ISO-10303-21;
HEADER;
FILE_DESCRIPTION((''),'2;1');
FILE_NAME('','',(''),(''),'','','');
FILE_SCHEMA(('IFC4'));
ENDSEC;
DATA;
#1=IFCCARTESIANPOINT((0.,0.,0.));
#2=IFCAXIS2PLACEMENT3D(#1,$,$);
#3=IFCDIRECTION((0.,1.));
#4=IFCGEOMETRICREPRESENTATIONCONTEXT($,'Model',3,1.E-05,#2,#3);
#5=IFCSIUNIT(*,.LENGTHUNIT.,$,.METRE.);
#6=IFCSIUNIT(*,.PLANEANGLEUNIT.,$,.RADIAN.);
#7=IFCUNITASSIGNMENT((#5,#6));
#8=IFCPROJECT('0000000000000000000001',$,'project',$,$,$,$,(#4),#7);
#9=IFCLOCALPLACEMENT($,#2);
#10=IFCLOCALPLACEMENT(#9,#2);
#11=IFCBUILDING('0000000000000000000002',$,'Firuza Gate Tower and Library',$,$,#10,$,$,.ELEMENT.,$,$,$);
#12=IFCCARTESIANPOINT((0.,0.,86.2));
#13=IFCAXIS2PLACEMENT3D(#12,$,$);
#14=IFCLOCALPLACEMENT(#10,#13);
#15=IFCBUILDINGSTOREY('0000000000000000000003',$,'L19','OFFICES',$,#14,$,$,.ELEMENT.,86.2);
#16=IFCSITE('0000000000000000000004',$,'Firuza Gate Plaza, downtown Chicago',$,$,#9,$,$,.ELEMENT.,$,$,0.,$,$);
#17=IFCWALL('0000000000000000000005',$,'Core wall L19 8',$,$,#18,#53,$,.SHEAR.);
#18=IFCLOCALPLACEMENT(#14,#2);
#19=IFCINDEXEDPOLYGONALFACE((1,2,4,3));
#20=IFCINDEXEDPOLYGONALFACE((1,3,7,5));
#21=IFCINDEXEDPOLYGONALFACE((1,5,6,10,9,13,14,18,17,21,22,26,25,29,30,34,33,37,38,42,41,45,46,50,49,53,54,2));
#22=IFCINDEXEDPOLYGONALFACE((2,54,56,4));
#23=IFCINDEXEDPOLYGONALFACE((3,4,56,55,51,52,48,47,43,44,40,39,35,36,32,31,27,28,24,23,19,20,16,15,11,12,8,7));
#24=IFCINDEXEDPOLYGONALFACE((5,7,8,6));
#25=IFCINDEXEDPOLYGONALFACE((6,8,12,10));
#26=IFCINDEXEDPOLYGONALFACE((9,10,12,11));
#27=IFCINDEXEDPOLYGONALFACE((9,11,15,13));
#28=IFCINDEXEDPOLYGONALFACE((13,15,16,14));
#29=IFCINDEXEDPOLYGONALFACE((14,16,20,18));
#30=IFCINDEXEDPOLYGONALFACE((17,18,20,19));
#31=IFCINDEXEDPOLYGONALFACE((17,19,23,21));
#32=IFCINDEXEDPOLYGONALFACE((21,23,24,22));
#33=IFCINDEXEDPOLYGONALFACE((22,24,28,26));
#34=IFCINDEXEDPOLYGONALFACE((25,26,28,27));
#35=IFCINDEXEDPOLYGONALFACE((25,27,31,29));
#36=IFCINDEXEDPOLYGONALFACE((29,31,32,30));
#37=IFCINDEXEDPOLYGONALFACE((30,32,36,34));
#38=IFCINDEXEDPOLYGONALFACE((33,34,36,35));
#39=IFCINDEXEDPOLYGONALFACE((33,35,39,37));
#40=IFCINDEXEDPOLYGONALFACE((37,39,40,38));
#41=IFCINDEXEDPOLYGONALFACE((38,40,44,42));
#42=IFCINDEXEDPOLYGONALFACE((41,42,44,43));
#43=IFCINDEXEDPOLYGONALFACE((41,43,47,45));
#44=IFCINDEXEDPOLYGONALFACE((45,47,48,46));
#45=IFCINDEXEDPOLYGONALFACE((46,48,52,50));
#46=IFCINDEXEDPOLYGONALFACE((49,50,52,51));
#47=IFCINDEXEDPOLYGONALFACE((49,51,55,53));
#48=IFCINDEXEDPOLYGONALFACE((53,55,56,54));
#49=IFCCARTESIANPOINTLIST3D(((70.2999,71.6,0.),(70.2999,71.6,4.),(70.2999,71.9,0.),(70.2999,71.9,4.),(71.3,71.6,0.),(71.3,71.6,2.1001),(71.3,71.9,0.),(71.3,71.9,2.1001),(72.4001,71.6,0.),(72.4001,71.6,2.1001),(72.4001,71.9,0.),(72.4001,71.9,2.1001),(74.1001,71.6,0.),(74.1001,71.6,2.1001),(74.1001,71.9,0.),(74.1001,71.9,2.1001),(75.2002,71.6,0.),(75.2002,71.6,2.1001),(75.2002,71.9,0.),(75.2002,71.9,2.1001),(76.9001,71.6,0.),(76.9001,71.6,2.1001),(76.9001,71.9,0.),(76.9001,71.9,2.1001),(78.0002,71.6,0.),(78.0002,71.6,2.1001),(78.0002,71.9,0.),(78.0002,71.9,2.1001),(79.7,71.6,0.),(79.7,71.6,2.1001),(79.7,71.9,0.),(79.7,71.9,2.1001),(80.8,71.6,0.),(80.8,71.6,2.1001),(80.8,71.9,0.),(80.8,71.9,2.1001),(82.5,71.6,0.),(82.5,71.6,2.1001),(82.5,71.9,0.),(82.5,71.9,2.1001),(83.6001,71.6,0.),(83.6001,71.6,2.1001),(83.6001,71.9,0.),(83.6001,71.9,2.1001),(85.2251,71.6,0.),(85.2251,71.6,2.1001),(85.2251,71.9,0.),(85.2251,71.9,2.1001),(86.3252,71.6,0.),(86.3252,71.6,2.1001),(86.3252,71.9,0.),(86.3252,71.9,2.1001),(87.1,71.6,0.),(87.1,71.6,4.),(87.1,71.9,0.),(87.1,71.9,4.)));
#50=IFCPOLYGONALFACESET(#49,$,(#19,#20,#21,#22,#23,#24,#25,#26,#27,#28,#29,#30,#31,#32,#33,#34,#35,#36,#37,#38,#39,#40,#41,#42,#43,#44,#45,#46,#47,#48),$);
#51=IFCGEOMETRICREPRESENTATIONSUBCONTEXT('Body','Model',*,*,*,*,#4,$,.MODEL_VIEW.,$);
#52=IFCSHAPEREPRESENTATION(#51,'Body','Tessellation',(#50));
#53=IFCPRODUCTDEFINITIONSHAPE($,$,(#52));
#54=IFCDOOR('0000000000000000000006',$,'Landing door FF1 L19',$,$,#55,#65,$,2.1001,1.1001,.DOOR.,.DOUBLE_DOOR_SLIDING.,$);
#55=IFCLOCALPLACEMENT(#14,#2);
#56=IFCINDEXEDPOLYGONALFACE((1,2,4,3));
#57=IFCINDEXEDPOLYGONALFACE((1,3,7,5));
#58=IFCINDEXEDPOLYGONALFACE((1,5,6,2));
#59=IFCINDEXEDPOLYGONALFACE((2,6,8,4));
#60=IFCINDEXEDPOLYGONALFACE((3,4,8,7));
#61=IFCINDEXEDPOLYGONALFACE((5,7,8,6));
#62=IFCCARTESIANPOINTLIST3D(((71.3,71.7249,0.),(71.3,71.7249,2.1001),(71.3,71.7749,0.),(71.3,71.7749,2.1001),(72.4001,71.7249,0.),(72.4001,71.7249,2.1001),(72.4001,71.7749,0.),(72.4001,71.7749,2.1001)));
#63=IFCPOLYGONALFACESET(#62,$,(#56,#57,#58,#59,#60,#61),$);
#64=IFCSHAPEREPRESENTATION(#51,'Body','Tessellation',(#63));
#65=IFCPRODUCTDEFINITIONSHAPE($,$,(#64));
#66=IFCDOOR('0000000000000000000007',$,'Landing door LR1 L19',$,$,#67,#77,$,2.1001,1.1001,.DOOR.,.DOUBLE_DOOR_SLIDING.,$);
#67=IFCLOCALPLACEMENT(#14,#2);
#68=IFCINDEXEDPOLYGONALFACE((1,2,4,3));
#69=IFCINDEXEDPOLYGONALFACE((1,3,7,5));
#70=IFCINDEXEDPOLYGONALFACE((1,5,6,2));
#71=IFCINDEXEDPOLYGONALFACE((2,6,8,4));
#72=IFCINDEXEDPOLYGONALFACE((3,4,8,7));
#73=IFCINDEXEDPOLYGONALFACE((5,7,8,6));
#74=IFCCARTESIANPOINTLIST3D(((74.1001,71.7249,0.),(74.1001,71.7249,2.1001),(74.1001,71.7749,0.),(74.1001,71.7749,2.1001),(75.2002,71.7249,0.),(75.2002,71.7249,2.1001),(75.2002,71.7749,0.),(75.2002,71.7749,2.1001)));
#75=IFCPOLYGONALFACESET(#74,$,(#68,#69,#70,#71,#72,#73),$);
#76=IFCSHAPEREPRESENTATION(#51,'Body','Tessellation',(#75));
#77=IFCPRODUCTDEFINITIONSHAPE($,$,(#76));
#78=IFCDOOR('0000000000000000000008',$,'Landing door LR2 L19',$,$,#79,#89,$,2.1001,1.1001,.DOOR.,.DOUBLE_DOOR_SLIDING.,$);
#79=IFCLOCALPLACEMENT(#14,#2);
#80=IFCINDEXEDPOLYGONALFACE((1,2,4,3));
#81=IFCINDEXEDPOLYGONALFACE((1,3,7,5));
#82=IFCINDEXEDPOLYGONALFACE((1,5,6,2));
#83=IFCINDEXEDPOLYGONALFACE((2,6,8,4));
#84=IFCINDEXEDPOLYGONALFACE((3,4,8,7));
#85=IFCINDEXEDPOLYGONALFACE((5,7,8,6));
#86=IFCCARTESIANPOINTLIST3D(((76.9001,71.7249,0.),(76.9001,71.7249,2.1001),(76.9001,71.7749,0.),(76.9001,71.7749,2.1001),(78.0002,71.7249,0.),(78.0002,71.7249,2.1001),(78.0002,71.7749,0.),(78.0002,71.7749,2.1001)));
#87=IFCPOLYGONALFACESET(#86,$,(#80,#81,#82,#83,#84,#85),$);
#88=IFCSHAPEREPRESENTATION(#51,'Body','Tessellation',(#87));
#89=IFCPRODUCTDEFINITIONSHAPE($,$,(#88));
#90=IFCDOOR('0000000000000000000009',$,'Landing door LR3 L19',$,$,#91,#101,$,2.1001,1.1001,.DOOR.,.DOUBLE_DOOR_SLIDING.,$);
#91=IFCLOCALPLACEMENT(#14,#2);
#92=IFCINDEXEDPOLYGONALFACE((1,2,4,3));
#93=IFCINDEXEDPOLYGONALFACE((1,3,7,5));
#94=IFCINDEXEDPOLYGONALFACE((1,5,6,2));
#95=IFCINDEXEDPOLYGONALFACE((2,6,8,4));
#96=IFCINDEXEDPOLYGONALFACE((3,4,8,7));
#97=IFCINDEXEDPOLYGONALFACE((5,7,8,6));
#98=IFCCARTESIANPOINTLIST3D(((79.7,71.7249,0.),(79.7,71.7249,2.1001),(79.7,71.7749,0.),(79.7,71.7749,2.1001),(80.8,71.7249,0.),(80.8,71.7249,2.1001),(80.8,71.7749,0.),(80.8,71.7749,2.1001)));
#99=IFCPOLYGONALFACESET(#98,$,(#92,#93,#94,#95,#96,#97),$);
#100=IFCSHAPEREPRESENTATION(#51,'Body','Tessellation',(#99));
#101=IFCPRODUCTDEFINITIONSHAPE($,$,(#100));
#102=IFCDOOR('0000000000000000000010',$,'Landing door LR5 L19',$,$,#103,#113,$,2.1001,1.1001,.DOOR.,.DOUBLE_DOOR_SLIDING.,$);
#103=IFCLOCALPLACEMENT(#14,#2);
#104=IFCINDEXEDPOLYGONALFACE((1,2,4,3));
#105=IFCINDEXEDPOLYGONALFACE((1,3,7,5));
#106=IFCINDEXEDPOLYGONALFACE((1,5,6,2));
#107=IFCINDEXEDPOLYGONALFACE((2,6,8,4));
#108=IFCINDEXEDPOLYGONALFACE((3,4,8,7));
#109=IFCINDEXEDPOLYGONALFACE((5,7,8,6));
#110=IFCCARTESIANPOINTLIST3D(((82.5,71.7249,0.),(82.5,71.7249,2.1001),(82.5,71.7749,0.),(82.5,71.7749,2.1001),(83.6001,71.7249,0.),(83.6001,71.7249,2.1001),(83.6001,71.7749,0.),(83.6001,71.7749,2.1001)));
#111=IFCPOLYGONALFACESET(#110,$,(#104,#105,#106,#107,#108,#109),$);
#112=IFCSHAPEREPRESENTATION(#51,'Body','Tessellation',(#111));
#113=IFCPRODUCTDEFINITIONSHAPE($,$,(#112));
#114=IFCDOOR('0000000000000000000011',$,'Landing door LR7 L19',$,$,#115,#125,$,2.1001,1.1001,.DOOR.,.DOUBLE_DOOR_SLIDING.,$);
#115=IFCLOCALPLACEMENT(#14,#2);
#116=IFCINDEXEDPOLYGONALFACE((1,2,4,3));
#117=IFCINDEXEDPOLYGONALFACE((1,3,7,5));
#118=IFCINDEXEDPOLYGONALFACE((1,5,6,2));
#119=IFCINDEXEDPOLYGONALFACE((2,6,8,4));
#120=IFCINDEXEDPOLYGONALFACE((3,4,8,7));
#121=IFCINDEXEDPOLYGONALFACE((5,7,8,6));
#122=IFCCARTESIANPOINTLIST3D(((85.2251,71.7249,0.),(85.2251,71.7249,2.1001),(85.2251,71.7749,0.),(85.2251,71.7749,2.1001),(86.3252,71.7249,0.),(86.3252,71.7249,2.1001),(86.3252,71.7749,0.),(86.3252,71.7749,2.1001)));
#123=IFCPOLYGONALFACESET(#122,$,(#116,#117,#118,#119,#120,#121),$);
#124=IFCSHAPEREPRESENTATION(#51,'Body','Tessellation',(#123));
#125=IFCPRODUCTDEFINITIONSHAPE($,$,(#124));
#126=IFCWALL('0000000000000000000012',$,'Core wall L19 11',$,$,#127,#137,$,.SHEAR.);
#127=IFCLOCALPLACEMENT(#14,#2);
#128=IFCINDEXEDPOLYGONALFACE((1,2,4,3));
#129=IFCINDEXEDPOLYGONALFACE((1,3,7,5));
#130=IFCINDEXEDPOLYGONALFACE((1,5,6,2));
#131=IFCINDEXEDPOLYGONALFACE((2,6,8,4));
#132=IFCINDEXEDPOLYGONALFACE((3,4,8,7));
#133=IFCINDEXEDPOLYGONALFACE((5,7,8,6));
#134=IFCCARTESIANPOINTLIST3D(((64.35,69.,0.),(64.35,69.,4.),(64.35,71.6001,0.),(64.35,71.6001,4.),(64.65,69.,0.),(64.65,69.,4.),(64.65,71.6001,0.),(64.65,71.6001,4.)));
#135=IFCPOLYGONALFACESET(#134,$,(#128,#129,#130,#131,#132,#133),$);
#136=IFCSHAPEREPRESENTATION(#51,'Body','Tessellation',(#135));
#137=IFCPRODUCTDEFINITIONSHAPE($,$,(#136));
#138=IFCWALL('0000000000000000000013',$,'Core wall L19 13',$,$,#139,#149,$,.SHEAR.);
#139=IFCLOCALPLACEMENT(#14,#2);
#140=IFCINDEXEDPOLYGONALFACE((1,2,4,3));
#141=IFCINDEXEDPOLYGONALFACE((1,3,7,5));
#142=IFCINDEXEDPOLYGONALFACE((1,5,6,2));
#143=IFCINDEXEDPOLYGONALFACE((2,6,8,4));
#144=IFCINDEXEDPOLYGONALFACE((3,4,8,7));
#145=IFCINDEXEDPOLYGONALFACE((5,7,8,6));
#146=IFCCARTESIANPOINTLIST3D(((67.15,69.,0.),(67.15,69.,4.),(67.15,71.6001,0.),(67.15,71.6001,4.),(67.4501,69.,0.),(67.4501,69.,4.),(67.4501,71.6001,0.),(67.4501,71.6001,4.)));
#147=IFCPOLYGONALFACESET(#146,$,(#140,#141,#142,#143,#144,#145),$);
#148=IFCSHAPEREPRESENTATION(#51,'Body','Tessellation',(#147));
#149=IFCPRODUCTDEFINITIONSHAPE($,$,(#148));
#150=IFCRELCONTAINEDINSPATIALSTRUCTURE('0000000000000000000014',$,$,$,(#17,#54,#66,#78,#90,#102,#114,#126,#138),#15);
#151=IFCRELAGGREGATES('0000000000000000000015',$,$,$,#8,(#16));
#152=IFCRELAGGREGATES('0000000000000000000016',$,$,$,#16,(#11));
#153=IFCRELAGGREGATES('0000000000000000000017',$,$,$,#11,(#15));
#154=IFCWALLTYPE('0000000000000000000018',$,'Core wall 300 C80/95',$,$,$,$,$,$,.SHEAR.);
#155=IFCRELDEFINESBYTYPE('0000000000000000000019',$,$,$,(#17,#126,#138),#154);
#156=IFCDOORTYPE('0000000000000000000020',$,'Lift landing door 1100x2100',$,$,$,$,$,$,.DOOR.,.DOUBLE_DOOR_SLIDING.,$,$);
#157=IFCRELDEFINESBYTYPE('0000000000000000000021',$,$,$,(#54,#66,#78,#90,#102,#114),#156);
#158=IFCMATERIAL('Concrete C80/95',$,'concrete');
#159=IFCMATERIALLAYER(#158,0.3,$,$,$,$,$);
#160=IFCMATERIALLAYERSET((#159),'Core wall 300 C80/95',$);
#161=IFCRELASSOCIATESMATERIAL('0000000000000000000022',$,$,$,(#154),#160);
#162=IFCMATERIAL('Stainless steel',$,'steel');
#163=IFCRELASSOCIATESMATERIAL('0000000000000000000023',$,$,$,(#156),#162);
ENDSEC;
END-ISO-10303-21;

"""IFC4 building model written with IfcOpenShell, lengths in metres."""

from ifc_helpers import new_model, si_unit, direction, frame, frame_2d, origin, place, context, subcontext, project, spatial, rectangle, extrude, material, layer, layer_set, type_object, element, fill, save


model = new_model("IFC4")

# Units and contexts
model_context = context("Model", 3, precision=1e-05, world=origin(), true_north=direction((0.0, 1.0)))
body_context = subcontext(model_context, "Body", "Model", "MODEL_VIEW")
ifc_project = project(units=[si_unit("LENGTHUNIT", "METRE"), si_unit("PLANEANGLEUNIT", "RADIAN")], contexts=[model_context])

# Site, building, storey
site_placement = place(None, origin())
site = spatial("IfcSite", under=ifc_project, at=site_placement, Name="Firuza Gate Plaza, downtown Chicago", CompositionType="ELEMENT", RefElevation=0.0)
building_placement = place(site_placement, origin())
building = spatial("IfcBuilding", under=site, at=building_placement, Name="Firuza Gate Tower and Library", CompositionType="ELEMENT")
storey_placement = place(building_placement, frame((0.0, 0.0, 86.2)))
storey = spatial("IfcBuildingStorey", under=building, at=storey_placement, Name="L19", Description="OFFICES", CompositionType="ELEMENT", Elevation=86.2)

# Shared definitions
ifc_material_1 = material(Name="Concrete C80/95", Category="concrete")
ifc_layer_1 = layer(ifc_material_1, 0.3)
ifc_layer_set_1 = layer_set([ifc_layer_1], Name="Core wall 300 C80/95")
wall_type_1 = type_object("IfcWallType", Name="Core wall 300 C80/95", PredefinedType="SHEAR", material=ifc_layer_set_1)

# Wall, openings, doors
wall_1_placement = place(storey_placement, frame((70.3, 71.75, 0.0), z_axis=(0.0, 0.0, 1.0), x_axis=(1.0, 0.0, 0.0)))
wall_1 = element("IfcWall", 1, at=wall_1_placement, inside=storey, type_object=wall_type_1, Name="Core wall L19 8", PredefinedType="SHEAR", context=body_context, shape_type="SweptSolid", body=[
    extrude(rectangle(XDim=16.8, YDim=0.3, at=frame_2d((8.3999, 0.0))), origin(), (0.0, 0.0, 1.0), 4.0),
])
opening_1_placement = place(wall_1_placement, frame((1.0, 0.0, 0.0)))
opening_1 = element("IfcOpeningElement", 2, at=opening_1_placement, cuts=wall_1, PredefinedType="OPENING", context=body_context, shape_type="SweptSolid", body=[
    extrude(rectangle(XDim=1.1001, YDim=2.1001, at=frame_2d((0.55, 1.05))), frame((0.0, 0.1602, 0.0), z_axis=(0.0, -1.0, 0.0), x_axis=(1.0, 0.0, 0.0)), (0.0, 0.0, 1.0), 0.3201),
])
opening_2_placement = place(wall_1_placement, frame((3.8, 0.0, 0.0)))
opening_2 = element("IfcOpeningElement", 3, at=opening_2_placement, cuts=wall_1, PredefinedType="OPENING", context=body_context, shape_type="SweptSolid", body=[
    extrude(rectangle(XDim=1.1001, YDim=2.1001, at=frame_2d((0.55, 1.05))), frame((0.0, 0.1602, 0.0), z_axis=(0.0, -1.0, 0.0), x_axis=(1.0, 0.0, 0.0)), (0.0, 0.0, 1.0), 0.3201),
])
opening_3_placement = place(wall_1_placement, frame((6.6001, 0.0, 0.0)))
opening_3 = element("IfcOpeningElement", 4, at=opening_3_placement, cuts=wall_1, PredefinedType="OPENING", context=body_context, shape_type="SweptSolid", body=[
    extrude(rectangle(XDim=1.1001, YDim=2.1001, at=frame_2d((0.55, 1.05))), frame((0.0, 0.1602, 0.0), z_axis=(0.0, -1.0, 0.0), x_axis=(1.0, 0.0, 0.0)), (0.0, 0.0, 1.0), 0.3201),
])
opening_4_placement = place(wall_1_placement, frame((9.3999, 0.0, 0.0)))
opening_4 = element("IfcOpeningElement", 5, at=opening_4_placement, cuts=wall_1, PredefinedType="OPENING", context=body_context, shape_type="SweptSolid", body=[
    extrude(rectangle(XDim=1.1001, YDim=2.1001, at=frame_2d((0.55, 1.05))), frame((0.0, 0.1602, 0.0), z_axis=(0.0, -1.0, 0.0), x_axis=(1.0, 0.0, 0.0)), (0.0, 0.0, 1.0), 0.3201),
])
opening_5_placement = place(wall_1_placement, frame((12.2, 0.0, 0.0)))
opening_5 = element("IfcOpeningElement", 6, at=opening_5_placement, cuts=wall_1, PredefinedType="OPENING", context=body_context, shape_type="SweptSolid", body=[
    extrude(rectangle(XDim=1.1001, YDim=2.1001, at=frame_2d((0.55, 1.05))), frame((0.0, 0.1602, 0.0), z_axis=(0.0, -1.0, 0.0), x_axis=(1.0, 0.0, 0.0)), (0.0, 0.0, 1.0), 0.3201),
])
opening_6_placement = place(wall_1_placement, frame((14.925, 0.0, 0.0)))
opening_6 = element("IfcOpeningElement", 7, at=opening_6_placement, cuts=wall_1, PredefinedType="OPENING", context=body_context, shape_type="SweptSolid", body=[
    extrude(rectangle(XDim=1.1001, YDim=2.1001, at=frame_2d((0.55, 1.05))), frame((0.0, 0.1602, 0.0), z_axis=(0.0, -1.0, 0.0), x_axis=(1.0, 0.0, 0.0)), (0.0, 0.0, 1.0), 0.3201),
])
ifc_material_2 = material(Name="Stainless steel", Category="steel")
door_type_1 = type_object("IfcDoorType", Name="Lift landing door 1100x2100", OperationType="DOUBLE_DOOR_SLIDING", PredefinedType="DOOR", material=ifc_material_2)
door_1_placement = place(opening_1_placement, origin())
door_1 = element("IfcDoor", 8, at=door_1_placement, inside=storey, type_object=door_type_1, Name="Landing door FF1 L19", OperationType="DOUBLE_DOOR_SLIDING", OverallHeight=2.1001, OverallWidth=1.1001, PredefinedType="DOOR", context=body_context, shape_type="SweptSolid", body=[
    extrude(rectangle(XDim=1.1001, YDim=2.1001, at=frame_2d((0.55, 1.05))), frame((0.0, 0.0249, 0.0), z_axis=(0.0, -1.0, 0.0), x_axis=(1.0, 0.0, 0.0)), (0.0, 0.0, 1.0), 0.05),
])
fill(opening_1, door_1)
door_2_placement = place(opening_2_placement, origin())
door_2 = element("IfcDoor", 9, at=door_2_placement, inside=storey, type_object=door_type_1, Name="Landing door LR1 L19", OperationType="DOUBLE_DOOR_SLIDING", OverallHeight=2.1001, OverallWidth=1.1001, PredefinedType="DOOR", context=body_context, shape_type="SweptSolid", body=[
    extrude(rectangle(XDim=1.1001, YDim=2.1001, at=frame_2d((0.55, 1.05))), frame((0.0, 0.0249, 0.0), z_axis=(0.0, -1.0, 0.0), x_axis=(1.0, 0.0, 0.0)), (0.0, 0.0, 1.0), 0.05),
])
fill(opening_2, door_2)
door_3_placement = place(opening_3_placement, origin())
door_3 = element("IfcDoor", 10, at=door_3_placement, inside=storey, type_object=door_type_1, Name="Landing door LR2 L19", OperationType="DOUBLE_DOOR_SLIDING", OverallHeight=2.1001, OverallWidth=1.1001, PredefinedType="DOOR", context=body_context, shape_type="SweptSolid", body=[
    extrude(rectangle(XDim=1.1001, YDim=2.1001, at=frame_2d((0.55, 1.05))), frame((0.0, 0.0249, 0.0), z_axis=(0.0, -1.0, 0.0), x_axis=(1.0, 0.0, 0.0)), (0.0, 0.0, 1.0), 0.05),
])
fill(opening_3, door_3)
door_4_placement = place(opening_4_placement, origin())
door_4 = element("IfcDoor", 11, at=door_4_placement, inside=storey, type_object=door_type_1, Name="Landing door LR3 L19", OperationType="DOUBLE_DOOR_SLIDING", OverallHeight=2.1001, OverallWidth=1.1001, PredefinedType="DOOR", context=body_context, shape_type="SweptSolid", body=[
    extrude(rectangle(XDim=1.1001, YDim=2.1001, at=frame_2d((0.55, 1.05))), frame((0.0, 0.0249, 0.0), z_axis=(0.0, -1.0, 0.0), x_axis=(1.0, 0.0, 0.0)), (0.0, 0.0, 1.0), 0.05),
])
fill(opening_4, door_4)
door_5_placement = place(opening_5_placement, origin())
door_5 = element("IfcDoor", 12, at=door_5_placement, inside=storey, type_object=door_type_1, Name="Landing door LR5 L19", OperationType="DOUBLE_DOOR_SLIDING", OverallHeight=2.1001, OverallWidth=1.1001, PredefinedType="DOOR", context=body_context, shape_type="SweptSolid", body=[
    extrude(rectangle(XDim=1.1001, YDim=2.1001, at=frame_2d((0.55, 1.05))), frame((0.0, 0.0249, 0.0), z_axis=(0.0, -1.0, 0.0), x_axis=(1.0, 0.0, 0.0)), (0.0, 0.0, 1.0), 0.05),
])
fill(opening_5, door_5)
door_6_placement = place(opening_6_placement, origin())
door_6 = element("IfcDoor", 13, at=door_6_placement, inside=storey, type_object=door_type_1, Name="Landing door LR7 L19", OperationType="DOUBLE_DOOR_SLIDING", OverallHeight=2.1001, OverallWidth=1.1001, PredefinedType="DOOR", context=body_context, shape_type="SweptSolid", body=[
    extrude(rectangle(XDim=1.1001, YDim=2.1001, at=frame_2d((0.55, 1.05))), frame((0.0, 0.0249, 0.0), z_axis=(0.0, -1.0, 0.0), x_axis=(1.0, 0.0, 0.0)), (0.0, 0.0, 1.0), 0.05),
])
fill(opening_6, door_6)

# Walls
for number, where, z_axis, x_axis, name in (
    (14, (64.5, 69.0, 0.0), (0.0, 0.0, 1.0), (0.0, 1.0, 0.0), "Core wall L19 11"),
    (15, (67.3, 69.0, 0.0), (0.0, 0.0, 1.0), (0.0, 1.0, 0.0), "Core wall L19 13"),
):
    element("IfcWall", number, at=place(storey_placement, frame(where, z_axis=z_axis, x_axis=x_axis)), inside=storey, type_object=wall_type_1, Name=name, PredefinedType="SHEAR", context=body_context, shape_type="SweptSolid", body=[
        extrude(rectangle(XDim=2.6001, YDim=0.3, at=frame_2d((1.3, 0.0))), origin(), (0.0, 0.0, 1.0), 4.0),
    ])

save(model, "model.ifc")
